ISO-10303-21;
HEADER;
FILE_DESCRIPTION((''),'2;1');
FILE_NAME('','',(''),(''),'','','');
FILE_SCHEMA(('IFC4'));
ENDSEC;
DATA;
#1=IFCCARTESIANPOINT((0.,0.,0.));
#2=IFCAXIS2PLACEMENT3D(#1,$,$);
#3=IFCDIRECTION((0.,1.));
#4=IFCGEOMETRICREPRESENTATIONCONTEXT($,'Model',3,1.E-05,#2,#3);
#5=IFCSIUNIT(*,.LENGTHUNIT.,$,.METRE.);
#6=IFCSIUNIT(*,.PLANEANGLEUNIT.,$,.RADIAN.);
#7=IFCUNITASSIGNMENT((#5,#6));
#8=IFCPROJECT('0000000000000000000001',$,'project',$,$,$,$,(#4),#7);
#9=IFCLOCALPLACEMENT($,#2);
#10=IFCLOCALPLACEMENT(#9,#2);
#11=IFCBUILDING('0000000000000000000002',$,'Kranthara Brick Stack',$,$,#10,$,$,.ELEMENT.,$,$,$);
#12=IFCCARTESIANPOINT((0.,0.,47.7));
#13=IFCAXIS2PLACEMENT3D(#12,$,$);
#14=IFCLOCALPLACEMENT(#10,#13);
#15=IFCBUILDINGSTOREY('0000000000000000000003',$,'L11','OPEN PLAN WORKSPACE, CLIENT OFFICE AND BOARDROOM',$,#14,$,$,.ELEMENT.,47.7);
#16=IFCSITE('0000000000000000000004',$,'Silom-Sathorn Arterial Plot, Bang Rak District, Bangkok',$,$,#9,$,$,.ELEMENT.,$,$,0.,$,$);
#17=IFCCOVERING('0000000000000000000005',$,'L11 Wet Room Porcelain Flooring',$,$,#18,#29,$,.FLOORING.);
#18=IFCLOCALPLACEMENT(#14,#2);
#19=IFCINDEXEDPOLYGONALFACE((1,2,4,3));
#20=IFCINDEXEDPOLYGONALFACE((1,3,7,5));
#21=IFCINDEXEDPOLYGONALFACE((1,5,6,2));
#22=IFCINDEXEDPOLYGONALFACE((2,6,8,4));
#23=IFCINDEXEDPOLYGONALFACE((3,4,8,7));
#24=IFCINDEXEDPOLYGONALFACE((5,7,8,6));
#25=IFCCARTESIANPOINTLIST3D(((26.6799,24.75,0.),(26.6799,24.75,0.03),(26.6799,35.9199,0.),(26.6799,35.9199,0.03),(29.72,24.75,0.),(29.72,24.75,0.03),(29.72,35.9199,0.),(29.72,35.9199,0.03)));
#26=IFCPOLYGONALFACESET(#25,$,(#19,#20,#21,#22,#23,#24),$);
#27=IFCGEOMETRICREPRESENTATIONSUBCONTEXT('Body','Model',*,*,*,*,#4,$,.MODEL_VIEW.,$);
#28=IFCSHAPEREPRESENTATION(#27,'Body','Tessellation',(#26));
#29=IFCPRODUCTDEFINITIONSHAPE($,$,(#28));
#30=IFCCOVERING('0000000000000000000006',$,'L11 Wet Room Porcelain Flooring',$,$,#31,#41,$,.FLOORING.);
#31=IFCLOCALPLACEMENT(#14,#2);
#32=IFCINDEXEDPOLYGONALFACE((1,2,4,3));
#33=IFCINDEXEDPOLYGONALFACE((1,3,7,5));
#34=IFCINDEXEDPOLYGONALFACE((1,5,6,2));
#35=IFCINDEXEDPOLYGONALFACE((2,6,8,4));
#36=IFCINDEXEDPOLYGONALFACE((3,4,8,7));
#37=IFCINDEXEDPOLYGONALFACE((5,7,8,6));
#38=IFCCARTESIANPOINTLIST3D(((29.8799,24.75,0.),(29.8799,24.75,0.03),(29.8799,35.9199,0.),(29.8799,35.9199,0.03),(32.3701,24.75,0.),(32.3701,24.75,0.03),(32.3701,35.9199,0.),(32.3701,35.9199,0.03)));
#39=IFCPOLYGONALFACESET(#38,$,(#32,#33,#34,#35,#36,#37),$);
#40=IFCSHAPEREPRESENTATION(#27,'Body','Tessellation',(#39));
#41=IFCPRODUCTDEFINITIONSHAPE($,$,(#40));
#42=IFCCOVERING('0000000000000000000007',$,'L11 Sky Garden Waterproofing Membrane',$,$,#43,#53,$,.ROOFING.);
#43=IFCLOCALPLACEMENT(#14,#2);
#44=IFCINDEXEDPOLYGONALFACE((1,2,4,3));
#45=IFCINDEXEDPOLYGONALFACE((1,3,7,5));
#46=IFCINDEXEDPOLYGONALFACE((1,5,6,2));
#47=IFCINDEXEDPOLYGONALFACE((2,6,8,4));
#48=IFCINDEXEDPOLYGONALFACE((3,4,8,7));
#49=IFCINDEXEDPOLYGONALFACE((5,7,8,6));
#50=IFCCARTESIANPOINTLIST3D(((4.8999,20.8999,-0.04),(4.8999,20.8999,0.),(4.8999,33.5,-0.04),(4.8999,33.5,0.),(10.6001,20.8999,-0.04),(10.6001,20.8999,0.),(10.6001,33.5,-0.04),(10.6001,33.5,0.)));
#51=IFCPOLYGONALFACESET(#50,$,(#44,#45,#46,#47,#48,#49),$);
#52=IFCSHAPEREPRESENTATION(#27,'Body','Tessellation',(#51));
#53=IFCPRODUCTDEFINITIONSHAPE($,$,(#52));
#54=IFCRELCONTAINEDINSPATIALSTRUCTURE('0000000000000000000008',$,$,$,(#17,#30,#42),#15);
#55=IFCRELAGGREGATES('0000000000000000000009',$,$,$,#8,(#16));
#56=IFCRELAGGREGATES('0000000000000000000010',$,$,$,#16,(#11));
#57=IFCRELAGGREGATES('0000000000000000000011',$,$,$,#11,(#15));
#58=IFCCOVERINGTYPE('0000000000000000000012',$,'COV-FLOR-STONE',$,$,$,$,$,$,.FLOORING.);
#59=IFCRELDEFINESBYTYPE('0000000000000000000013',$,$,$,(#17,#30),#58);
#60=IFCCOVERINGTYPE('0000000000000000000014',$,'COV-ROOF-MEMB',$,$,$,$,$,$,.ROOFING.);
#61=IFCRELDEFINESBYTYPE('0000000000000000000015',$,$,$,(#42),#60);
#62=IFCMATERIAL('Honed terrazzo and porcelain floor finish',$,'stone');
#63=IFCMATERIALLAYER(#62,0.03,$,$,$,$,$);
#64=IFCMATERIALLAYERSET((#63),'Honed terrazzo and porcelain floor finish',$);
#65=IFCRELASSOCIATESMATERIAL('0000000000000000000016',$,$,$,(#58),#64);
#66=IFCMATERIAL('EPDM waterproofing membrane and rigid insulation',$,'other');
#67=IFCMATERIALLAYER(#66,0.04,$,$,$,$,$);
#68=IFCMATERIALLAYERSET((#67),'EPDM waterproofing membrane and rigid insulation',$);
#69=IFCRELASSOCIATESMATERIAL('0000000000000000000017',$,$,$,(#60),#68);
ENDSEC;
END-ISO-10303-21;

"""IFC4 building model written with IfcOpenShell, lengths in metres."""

from ifc_helpers import new_model, si_unit, direction, frame, origin, place, context, subcontext, project, spatial, polyline, outline, extrude, material, layer, layer_set, type_object, element, save


model = new_model("IFC4")

# Units and contexts
model_context = context("Model", 3, precision=1e-05, world=origin(), true_north=direction((0.0, 1.0)))
body_context = subcontext(model_context, "Body", "Model", "MODEL_VIEW")
ifc_project = project(units=[si_unit("LENGTHUNIT", "METRE"), si_unit("PLANEANGLEUNIT", "RADIAN")], contexts=[model_context])

# Site, building, storey
site_placement = place(None, origin())
site = spatial("IfcSite", under=ifc_project, at=site_placement, Name="Silom-Sathorn Arterial Plot, Bang Rak District, Bangkok", CompositionType="ELEMENT", RefElevation=0.0)
building_placement = place(site_placement, origin())
building = spatial("IfcBuilding", under=site, at=building_placement, Name="Kranthara Brick Stack", CompositionType="ELEMENT")
storey_placement = place(building_placement, frame((0.0, 0.0, 47.7)))
storey = spatial("IfcBuildingStorey", under=building, at=storey_placement, Name="L11", Description="OPEN PLAN WORKSPACE, CLIENT OFFICE AND BOARDROOM", CompositionType="ELEMENT", Elevation=47.7)

# Coverings
ifc_material_1 = material(Name="Honed terrazzo and porcelain floor finish", Category="stone")
ifc_layer_1 = layer(ifc_material_1, 0.03)
ifc_layer_set_1 = layer_set([ifc_layer_1], Name="Honed terrazzo and porcelain floor finish")
covering_type_1 = type_object("IfcCoveringType", Name="COV-FLOR-STONE", PredefinedType="FLOORING", material=ifc_layer_set_1)
covering_1_placement = place(storey_placement, origin())
element("IfcCovering", 1, at=covering_1_placement, inside=storey, type_object=covering_type_1, Name="L11 Wet Room Porcelain Flooring", PredefinedType="FLOORING", context=body_context, shape_type="SweptSolid", body=[
    extrude(outline(polyline([(29.72, 24.75), (29.72, 35.9199), (26.6799, 35.9199), (26.6799, 24.75), (29.72, 24.75)])), origin(), (0.0, 0.0, 1.0), 0.03),
])
covering_2_placement = place(storey_placement, origin())
element("IfcCovering", 2, at=covering_2_placement, inside=storey, type_object=covering_type_1, Name="L11 Wet Room Porcelain Flooring", PredefinedType="FLOORING", context=body_context, shape_type="SweptSolid", body=[
    extrude(outline(polyline([(32.3701, 24.75), (32.3701, 35.9199), (29.8799, 35.9199), (29.8799, 24.75), (32.3701, 24.75)])), origin(), (0.0, 0.0, 1.0), 0.03),
])
ifc_material_2 = material(Name="EPDM waterproofing membrane and rigid insulation", Category="other")
ifc_layer_2 = layer(ifc_material_2, 0.04)
ifc_layer_set_2 = layer_set([ifc_layer_2], Name="EPDM waterproofing membrane and rigid insulation")
covering_type_2 = type_object("IfcCoveringType", Name="COV-ROOF-MEMB", PredefinedType="ROOFING", material=ifc_layer_set_2)
covering_3_placement = place(storey_placement, frame((0.0, 0.0, -0.04)))
element("IfcCovering", 3, at=covering_3_placement, inside=storey, type_object=covering_type_2, Name="L11 Sky Garden Waterproofing Membrane", PredefinedType="ROOFING", context=body_context, shape_type="SweptSolid", body=[
    extrude(outline(polyline([(4.8999, 20.8999), (10.6001, 20.8999), (10.6001, 33.5), (4.8999, 33.5), (4.8999, 20.8999)])), origin(), (0.0, 0.0, 1.0), 0.04),
])

save(model, "model.ifc")
